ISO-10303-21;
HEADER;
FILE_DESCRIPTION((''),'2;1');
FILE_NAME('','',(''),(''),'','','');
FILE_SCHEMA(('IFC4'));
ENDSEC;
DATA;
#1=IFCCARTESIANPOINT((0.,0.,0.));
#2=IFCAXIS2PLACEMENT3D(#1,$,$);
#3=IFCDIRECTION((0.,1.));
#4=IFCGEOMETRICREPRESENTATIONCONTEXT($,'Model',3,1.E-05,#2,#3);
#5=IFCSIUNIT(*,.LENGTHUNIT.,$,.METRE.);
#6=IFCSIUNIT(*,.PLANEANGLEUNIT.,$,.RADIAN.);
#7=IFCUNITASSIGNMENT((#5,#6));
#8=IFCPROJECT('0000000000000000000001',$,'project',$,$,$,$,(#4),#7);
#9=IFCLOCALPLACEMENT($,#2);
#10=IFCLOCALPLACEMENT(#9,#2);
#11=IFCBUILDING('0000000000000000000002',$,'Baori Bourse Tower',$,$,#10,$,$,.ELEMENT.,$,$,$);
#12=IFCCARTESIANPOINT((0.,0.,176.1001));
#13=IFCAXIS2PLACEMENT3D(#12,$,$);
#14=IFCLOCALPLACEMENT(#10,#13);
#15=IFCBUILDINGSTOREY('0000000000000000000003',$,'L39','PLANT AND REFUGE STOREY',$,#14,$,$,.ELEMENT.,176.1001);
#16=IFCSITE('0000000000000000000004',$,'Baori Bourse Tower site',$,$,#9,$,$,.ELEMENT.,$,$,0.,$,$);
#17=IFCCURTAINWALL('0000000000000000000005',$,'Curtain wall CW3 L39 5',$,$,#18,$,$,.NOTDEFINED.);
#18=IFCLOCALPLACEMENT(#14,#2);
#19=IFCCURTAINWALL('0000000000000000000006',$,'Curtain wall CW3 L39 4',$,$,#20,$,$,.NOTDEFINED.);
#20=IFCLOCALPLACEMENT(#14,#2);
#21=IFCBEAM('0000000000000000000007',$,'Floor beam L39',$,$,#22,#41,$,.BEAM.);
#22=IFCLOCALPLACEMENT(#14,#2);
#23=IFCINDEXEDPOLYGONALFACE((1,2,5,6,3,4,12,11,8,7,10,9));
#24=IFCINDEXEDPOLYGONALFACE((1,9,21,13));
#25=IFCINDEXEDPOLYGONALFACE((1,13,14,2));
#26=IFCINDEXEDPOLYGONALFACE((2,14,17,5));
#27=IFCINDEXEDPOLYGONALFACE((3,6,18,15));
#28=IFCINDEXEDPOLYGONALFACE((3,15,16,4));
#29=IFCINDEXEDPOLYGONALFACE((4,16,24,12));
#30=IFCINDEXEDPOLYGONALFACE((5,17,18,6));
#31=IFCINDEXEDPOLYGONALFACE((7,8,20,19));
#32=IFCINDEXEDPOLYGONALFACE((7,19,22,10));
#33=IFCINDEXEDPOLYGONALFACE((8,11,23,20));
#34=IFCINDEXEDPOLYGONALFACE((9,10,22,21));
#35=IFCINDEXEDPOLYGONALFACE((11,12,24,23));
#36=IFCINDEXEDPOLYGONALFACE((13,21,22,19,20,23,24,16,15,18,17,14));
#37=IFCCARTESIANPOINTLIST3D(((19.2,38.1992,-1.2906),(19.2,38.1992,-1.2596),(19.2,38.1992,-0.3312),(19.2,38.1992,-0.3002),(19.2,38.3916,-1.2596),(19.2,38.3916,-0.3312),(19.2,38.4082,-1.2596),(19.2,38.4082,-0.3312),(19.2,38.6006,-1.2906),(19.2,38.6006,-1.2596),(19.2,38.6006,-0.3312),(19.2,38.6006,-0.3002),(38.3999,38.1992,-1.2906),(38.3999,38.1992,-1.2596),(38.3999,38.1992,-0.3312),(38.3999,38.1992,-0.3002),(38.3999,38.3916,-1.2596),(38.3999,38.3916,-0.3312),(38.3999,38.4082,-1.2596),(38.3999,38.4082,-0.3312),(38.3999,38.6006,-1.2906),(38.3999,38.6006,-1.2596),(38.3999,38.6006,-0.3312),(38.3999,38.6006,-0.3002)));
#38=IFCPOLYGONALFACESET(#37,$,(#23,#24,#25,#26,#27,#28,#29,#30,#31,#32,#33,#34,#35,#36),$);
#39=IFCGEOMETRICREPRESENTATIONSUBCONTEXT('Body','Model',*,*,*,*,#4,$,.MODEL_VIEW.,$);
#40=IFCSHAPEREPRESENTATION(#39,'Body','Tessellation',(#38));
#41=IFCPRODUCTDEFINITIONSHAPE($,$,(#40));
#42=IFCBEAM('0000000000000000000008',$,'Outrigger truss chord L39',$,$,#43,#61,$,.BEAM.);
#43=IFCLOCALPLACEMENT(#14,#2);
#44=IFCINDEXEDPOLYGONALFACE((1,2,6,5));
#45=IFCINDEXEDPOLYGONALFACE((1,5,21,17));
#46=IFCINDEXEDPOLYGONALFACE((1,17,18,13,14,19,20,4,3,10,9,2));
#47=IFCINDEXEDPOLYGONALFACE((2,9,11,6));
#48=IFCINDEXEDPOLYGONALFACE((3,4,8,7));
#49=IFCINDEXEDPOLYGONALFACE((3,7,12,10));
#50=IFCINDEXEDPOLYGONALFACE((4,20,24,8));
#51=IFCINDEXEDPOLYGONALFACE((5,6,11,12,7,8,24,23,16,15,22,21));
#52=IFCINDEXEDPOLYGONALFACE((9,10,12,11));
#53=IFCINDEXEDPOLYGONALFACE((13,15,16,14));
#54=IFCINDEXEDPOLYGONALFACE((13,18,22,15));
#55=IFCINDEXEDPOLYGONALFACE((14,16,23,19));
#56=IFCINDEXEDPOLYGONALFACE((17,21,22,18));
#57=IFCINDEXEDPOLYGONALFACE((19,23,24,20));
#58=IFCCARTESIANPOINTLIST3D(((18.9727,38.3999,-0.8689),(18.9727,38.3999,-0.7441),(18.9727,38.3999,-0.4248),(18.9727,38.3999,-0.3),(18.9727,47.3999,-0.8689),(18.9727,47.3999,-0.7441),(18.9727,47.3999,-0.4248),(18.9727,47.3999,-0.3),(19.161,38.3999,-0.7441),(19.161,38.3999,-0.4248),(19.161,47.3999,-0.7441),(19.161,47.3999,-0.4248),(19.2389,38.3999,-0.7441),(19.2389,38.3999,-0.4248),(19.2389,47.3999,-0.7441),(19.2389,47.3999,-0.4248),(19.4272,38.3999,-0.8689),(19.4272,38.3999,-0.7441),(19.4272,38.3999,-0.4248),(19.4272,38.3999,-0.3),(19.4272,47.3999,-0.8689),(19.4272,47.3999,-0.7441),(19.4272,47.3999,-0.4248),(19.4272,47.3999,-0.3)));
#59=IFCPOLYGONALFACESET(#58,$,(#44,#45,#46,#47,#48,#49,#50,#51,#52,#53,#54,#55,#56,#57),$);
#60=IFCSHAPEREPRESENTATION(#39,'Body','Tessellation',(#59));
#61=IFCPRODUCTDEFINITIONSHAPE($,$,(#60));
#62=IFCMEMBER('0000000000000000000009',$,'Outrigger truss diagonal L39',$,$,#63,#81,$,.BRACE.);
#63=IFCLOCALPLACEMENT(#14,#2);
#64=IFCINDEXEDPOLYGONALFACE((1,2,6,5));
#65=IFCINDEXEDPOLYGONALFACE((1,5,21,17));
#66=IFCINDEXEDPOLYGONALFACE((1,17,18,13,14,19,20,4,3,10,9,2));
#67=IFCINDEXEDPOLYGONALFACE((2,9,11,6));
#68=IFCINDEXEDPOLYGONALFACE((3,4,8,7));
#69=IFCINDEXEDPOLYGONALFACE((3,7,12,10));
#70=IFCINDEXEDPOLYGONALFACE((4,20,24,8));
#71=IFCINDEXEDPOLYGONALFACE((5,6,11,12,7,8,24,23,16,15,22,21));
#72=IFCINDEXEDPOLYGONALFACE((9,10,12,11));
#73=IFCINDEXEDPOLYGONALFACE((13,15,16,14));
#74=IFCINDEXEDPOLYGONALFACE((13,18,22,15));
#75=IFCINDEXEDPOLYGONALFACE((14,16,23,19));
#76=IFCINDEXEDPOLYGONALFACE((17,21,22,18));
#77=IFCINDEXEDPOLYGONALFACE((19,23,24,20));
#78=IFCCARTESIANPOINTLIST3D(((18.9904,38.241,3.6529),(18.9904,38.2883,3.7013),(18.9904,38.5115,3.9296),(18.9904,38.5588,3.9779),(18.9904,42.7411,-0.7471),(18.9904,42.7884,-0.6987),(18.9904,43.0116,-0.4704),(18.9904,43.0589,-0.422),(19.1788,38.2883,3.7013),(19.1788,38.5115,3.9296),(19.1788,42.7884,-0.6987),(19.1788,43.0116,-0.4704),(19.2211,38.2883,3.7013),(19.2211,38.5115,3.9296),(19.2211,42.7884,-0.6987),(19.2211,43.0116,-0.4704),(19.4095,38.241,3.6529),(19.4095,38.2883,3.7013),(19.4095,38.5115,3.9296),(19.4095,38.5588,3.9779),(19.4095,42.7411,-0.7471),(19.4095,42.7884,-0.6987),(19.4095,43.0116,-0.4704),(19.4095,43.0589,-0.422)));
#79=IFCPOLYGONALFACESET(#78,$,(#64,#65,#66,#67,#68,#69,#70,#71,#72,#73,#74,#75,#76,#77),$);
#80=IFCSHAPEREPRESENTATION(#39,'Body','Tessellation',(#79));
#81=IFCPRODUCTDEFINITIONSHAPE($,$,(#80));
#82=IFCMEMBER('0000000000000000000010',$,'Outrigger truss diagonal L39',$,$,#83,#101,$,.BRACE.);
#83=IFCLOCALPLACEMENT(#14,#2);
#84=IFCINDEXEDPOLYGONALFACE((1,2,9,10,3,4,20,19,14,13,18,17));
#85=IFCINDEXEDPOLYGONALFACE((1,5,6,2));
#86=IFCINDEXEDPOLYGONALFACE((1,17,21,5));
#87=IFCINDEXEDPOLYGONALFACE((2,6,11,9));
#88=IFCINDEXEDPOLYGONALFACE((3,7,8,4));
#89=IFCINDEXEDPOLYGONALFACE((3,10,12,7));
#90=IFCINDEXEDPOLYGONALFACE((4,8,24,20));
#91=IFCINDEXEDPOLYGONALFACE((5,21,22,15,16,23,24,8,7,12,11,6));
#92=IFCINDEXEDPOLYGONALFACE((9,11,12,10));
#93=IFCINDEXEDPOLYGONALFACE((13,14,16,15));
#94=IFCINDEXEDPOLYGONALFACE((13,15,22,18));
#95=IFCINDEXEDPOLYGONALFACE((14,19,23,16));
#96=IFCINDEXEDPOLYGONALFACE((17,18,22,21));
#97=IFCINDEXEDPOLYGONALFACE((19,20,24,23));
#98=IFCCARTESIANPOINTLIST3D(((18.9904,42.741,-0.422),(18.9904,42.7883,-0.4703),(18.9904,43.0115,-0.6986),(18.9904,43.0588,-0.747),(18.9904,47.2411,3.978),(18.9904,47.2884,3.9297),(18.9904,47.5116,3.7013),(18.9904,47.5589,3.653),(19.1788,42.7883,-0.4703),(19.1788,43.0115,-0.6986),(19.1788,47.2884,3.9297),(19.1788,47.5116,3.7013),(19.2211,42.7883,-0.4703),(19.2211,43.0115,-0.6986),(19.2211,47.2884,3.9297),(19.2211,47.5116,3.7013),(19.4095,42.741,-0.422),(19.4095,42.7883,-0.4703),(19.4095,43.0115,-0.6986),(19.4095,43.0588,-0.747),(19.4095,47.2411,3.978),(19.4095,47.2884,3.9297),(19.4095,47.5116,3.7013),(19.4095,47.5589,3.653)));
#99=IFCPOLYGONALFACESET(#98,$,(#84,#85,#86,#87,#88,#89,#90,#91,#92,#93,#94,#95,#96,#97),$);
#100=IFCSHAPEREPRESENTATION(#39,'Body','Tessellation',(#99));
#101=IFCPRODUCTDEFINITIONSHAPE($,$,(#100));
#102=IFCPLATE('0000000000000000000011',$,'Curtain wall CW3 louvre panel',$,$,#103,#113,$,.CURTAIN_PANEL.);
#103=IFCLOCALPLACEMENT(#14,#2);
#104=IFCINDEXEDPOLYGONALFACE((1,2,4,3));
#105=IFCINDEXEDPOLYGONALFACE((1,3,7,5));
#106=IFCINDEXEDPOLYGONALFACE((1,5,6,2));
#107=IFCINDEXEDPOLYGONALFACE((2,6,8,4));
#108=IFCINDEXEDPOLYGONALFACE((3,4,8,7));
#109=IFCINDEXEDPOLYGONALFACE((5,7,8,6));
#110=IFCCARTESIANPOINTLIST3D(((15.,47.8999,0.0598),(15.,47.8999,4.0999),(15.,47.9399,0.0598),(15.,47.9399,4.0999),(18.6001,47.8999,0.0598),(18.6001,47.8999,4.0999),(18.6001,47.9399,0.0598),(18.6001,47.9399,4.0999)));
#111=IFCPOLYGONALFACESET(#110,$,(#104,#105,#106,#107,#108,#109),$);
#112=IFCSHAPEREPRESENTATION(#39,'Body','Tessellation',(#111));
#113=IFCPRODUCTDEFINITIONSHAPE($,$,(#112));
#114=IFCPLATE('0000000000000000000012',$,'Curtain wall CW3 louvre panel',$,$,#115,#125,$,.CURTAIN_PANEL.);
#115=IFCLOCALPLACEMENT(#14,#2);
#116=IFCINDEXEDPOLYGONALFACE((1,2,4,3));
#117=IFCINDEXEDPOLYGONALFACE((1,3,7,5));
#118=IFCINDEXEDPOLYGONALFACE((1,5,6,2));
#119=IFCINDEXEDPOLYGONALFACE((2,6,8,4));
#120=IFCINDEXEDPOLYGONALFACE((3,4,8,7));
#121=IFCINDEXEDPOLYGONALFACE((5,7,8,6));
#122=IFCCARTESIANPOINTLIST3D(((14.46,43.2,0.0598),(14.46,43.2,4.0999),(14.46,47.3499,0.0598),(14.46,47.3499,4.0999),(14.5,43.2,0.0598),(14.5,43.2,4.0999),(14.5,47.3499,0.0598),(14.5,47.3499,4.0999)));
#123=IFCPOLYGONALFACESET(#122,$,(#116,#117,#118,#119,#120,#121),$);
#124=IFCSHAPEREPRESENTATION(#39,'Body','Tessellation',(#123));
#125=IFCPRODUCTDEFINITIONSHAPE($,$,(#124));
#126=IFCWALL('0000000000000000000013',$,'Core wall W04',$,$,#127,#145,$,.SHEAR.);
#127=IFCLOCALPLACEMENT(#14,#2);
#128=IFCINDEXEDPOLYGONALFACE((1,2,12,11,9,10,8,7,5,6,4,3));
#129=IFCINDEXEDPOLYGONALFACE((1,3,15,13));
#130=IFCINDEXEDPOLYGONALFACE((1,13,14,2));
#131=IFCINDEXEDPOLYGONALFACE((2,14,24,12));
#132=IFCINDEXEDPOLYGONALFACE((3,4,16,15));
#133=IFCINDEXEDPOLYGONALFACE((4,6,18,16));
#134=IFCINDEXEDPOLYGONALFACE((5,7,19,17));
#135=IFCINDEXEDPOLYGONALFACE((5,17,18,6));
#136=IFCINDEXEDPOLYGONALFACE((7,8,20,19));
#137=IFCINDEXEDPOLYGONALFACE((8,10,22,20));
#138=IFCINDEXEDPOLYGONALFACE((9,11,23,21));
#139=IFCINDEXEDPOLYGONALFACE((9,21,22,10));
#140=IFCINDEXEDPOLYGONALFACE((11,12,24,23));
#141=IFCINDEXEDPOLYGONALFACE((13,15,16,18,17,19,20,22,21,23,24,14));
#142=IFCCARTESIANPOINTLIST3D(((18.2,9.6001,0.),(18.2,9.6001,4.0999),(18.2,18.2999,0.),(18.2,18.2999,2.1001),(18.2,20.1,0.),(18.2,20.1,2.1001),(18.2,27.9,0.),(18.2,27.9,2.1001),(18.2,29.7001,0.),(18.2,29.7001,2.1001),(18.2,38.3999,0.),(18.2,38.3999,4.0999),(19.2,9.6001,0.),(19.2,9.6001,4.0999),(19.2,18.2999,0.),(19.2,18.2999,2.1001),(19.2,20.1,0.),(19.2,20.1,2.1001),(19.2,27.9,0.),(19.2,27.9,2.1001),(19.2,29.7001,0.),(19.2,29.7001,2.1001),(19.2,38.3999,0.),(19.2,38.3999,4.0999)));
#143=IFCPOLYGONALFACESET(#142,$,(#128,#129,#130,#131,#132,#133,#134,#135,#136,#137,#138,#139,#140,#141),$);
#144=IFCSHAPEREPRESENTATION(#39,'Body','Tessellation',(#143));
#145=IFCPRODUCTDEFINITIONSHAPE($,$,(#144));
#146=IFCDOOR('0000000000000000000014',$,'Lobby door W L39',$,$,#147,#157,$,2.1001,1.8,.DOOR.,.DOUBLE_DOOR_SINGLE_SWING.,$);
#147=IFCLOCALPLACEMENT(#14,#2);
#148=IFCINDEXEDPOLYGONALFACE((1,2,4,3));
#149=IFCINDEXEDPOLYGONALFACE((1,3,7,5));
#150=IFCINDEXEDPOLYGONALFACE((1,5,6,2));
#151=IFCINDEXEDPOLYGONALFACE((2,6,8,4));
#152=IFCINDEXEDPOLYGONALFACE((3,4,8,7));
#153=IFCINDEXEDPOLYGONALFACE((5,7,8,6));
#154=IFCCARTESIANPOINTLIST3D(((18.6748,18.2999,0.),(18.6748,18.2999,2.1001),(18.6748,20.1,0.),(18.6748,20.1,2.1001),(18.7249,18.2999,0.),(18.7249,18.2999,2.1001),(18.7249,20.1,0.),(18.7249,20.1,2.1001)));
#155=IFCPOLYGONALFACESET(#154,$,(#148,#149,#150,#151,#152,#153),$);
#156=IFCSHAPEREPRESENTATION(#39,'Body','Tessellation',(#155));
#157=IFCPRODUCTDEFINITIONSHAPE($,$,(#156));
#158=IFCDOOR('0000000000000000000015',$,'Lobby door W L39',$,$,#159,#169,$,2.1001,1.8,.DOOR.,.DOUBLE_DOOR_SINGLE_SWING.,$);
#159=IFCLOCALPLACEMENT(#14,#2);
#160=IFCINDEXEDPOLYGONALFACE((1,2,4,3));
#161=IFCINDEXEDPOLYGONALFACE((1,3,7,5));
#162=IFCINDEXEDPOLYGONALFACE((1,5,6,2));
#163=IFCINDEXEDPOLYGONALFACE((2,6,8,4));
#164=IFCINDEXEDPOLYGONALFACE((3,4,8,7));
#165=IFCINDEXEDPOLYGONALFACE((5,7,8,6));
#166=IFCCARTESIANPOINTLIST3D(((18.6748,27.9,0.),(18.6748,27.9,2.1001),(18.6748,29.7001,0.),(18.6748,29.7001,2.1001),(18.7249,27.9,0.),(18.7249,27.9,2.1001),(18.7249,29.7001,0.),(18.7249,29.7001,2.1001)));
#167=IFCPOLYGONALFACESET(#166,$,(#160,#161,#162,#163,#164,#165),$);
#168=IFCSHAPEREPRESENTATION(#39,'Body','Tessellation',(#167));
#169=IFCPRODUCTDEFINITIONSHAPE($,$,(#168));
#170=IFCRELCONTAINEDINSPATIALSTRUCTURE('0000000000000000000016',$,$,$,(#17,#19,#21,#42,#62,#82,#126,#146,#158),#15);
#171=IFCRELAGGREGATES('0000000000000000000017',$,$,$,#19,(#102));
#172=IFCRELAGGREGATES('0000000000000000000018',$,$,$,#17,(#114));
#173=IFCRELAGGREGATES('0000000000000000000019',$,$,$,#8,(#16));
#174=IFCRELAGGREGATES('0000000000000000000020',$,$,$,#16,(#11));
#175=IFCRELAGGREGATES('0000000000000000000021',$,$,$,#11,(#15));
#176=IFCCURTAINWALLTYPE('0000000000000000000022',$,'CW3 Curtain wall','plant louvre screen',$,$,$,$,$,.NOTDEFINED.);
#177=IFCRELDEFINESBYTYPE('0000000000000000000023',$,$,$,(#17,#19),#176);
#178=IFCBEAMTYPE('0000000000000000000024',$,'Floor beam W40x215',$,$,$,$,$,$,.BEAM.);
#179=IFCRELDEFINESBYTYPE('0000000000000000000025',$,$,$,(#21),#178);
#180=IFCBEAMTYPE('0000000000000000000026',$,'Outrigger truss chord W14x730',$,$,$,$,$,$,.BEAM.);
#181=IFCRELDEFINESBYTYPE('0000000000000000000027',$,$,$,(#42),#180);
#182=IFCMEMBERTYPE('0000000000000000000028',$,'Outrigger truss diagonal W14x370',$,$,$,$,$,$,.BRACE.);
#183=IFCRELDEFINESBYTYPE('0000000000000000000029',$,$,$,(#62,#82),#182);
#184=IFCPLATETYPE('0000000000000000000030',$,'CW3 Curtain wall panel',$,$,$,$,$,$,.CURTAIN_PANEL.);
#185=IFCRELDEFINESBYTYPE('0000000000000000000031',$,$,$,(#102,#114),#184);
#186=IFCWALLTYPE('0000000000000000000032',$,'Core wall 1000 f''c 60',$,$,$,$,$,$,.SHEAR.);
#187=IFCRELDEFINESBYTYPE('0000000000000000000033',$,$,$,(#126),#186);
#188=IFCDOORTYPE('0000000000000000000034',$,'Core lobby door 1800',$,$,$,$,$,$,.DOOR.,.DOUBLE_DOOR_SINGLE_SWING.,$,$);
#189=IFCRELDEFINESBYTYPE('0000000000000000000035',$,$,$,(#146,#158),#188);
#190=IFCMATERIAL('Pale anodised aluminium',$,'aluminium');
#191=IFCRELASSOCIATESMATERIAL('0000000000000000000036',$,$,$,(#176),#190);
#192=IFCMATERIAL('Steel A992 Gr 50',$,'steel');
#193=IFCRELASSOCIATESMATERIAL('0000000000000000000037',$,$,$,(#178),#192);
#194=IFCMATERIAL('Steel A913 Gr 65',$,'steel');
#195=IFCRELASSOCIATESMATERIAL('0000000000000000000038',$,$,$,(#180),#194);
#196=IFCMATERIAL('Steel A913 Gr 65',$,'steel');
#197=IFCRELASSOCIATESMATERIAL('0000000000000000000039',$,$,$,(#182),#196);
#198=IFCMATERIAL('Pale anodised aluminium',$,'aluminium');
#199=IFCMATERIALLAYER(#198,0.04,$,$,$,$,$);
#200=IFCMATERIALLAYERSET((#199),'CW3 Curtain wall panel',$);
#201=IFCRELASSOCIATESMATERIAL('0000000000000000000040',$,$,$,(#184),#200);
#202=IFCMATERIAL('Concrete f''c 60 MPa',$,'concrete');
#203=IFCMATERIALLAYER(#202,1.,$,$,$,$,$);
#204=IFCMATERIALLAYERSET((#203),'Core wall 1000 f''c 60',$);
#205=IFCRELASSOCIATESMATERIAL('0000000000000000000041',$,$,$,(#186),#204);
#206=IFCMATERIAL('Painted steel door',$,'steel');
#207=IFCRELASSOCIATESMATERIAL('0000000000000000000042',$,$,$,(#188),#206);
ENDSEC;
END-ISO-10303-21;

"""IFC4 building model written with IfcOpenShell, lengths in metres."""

from ifc_helpers import new_model, si_unit, direction, frame, frame_2d, origin, origin_2d, place, context, subcontext, project, spatial, rectangle, i_section, extrude, material, layer, layer_set, material_profile, profile_set, type_object, element, fill, aggregate, save


model = new_model("IFC4")

# Units and contexts
model_context = context("Model", 3, precision=1e-05, world=origin(), true_north=direction((0.0, 1.0)))
body_context = subcontext(model_context, "Body", "Model", "MODEL_VIEW")
ifc_project = project(units=[si_unit("LENGTHUNIT", "METRE"), si_unit("PLANEANGLEUNIT", "RADIAN")], contexts=[model_context])

# Site, building, storey
site_placement = place(None, origin())
site = spatial("IfcSite", under=ifc_project, at=site_placement, Name="Baori Bourse Tower site", CompositionType="ELEMENT", RefElevation=0.0)
building_placement = place(site_placement, origin())
building = spatial("IfcBuilding", under=site, at=building_placement, Name="Baori Bourse Tower", CompositionType="ELEMENT")
storey_placement = place(building_placement, frame((0.0, 0.0, 176.1001)))
storey = spatial("IfcBuildingStorey", under=building, at=storey_placement, Name="L39", Description="PLANT AND REFUGE STOREY", CompositionType="ELEMENT", Elevation=176.1001)

# Curtain walls
ifc_material_1 = material(Name="Pale anodised aluminium", Category="aluminium")
curtain_wall_type = type_object("IfcCurtainWallType", Name="CW3 Curtain wall", Description="plant louvre screen", PredefinedType="NOTDEFINED", material=ifc_material_1)
curtain_wall_1_placement = place(storey_placement, origin())
curtain_wall_1 = element("IfcCurtainWall", 1, at=curtain_wall_1_placement, inside=storey, type_object=curtain_wall_type, Name="Curtain wall CW3 L39 5", PredefinedType="NOTDEFINED")
curtain_wall_2_placement = place(storey_placement, origin())
curtain_wall_2 = element("IfcCurtainWall", 2, at=curtain_wall_2_placement, inside=storey, type_object=curtain_wall_type, Name="Curtain wall CW3 L39 4", PredefinedType="NOTDEFINED")

# Beams
ifc_material_2 = material(Name="Steel A992 Gr 50", Category="steel")
ifc_material_profile_1 = material_profile(ifc_material_2, i_section(OverallWidth=0.4014, OverallDepth=0.9905, WebThickness=0.0166, FlangeThickness=0.031, at=origin_2d()), Name="W40x215")
ifc_profile_set_1 = profile_set([ifc_material_profile_1], Name="Steel A992 Gr 50")
beam_type_1 = type_object("IfcBeamType", Name="Floor beam W40x215", PredefinedType="BEAM", material=ifc_profile_set_1)
beam_1_placement = place(storey_placement, frame((19.2, 38.3999, -0.7954), z_axis=(1.0, 0.0, 0.0), x_axis=(0.0, 1.0, 0.0)))
element("IfcBeam", 3, at=beam_1_placement, inside=storey, type_object=beam_type_1, Name="Floor beam L39", PredefinedType="BEAM", context=body_context, shape_type="SweptSolid", body=[
    extrude(i_section(OverallWidth=0.4014, OverallDepth=0.9905, WebThickness=0.0166, FlangeThickness=0.031, at=origin_2d()), origin(), (0.0, 0.0, 1.0), 19.2),
])
ifc_material_3 = material(Name="Steel A913 Gr 65", Category="steel")
ifc_material_profile_2 = material_profile(ifc_material_3, i_section(OverallWidth=0.4546, OverallDepth=0.5688, WebThickness=0.0779, FlangeThickness=0.1248, at=origin_2d()), Name="W14x730")
ifc_profile_set_2 = profile_set([ifc_material_profile_2], Name="Steel A913 Gr 65")
beam_type_2 = type_object("IfcBeamType", Name="Outrigger truss chord W14x730", PredefinedType="BEAM", material=ifc_profile_set_2)
beam_2_placement = place(storey_placement, frame((19.2, 38.3999, -0.5845), z_axis=(0.0, 1.0, 0.0), x_axis=(-1.0, 0.0, 0.0)))
element("IfcBeam", 4, at=beam_2_placement, inside=storey, type_object=beam_type_2, Name="Outrigger truss chord L39", PredefinedType="BEAM", context=body_context, shape_type="SweptSolid", body=[
    extrude(i_section(OverallWidth=0.4546, OverallDepth=0.5688, WebThickness=0.0779, FlangeThickness=0.1248, at=origin_2d()), origin(), (0.0, 0.0, 1.0), 9.0),
])

# Members
ifc_material_4 = material(Name="Steel A913 Gr 65", Category="steel")
ifc_material_profile_3 = material_profile(ifc_material_4, i_section(OverallWidth=0.4192, OverallDepth=0.4546, WebThickness=0.0422, FlangeThickness=0.0676, at=origin_2d()), Name="W14x370")
ifc_profile_set_3 = profile_set([ifc_material_profile_3], Name="Steel A913 Gr 65")
member_type_1 = type_object("IfcMemberType", Name="Outrigger truss diagonal W14x370", PredefinedType="BRACE", material=ifc_profile_set_3)
for number, where, z_axis, x_axis, name in (
    (5, (19.2, 38.3999, 3.8154), (0.0, 0.715014, -0.69911), (-1.0, 0.0, 0.0), "Outrigger truss diagonal L39"),
    (6, (19.2, 42.8999, -0.5845), (0.0, 0.715014, 0.69911), (-1.0, 0.0, 0.0), "Outrigger truss diagonal L39"),
):
    element("IfcMember", number, at=place(storey_placement, frame(where, z_axis=z_axis, x_axis=x_axis)), inside=storey, type_object=member_type_1, Name=name, PredefinedType="BRACE", context=body_context, shape_type="SweptSolid", body=[
        extrude(i_section(OverallWidth=0.4192, OverallDepth=0.4546, WebThickness=0.0422, FlangeThickness=0.0676, at=origin_2d()), origin(), (0.0, 0.0, 1.0), 6.2937),
    ])

# Plates
ifc_material_5 = material(Name="Pale anodised aluminium", Category="aluminium")
ifc_layer_1 = layer(ifc_material_5, 0.04)
ifc_layer_set_1 = layer_set([ifc_layer_1], Name="CW3 Curtain wall panel")
plate_type = type_object("IfcPlateType", Name="CW3 Curtain wall panel", PredefinedType="CURTAIN_PANEL", material=ifc_layer_set_1)
plate_1_placement = place(storey_placement, frame((16.8, 47.9199, 0.0598), z_axis=(0.0, 0.0, 1.0), x_axis=(-1.0, 0.0, 0.0)))
plate_1 = element("IfcPlate", 7, at=plate_1_placement, type_object=plate_type, Name="Curtain wall CW3 louvre panel", PredefinedType="CURTAIN_PANEL", context=body_context, shape_type="SweptSolid", body=[
    extrude(rectangle(XDim=3.6001, YDim=0.04, at=origin_2d()), origin(), (0.0, 0.0, 1.0), 4.04),
])
aggregate(curtain_wall_2, [plate_1])
plate_2_placement = place(storey_placement, frame((14.48, 45.2749, 0.0598), z_axis=(0.0, 0.0, 1.0), x_axis=(0.0, -1.0, 0.0)))
plate_2 = element("IfcPlate", 8, at=plate_2_placement, type_object=plate_type, Name="Curtain wall CW3 louvre panel", PredefinedType="CURTAIN_PANEL", context=body_context, shape_type="SweptSolid", body=[
    extrude(rectangle(XDim=4.1499, YDim=0.04, at=origin_2d()), origin(), (0.0, 0.0, 1.0), 4.04),
])
aggregate(curtain_wall_1, [plate_2])

# Wall, openings, doors
ifc_material_6 = material(Name="Concrete f'c 60 MPa", Category="concrete")
ifc_layer_2 = layer(ifc_material_6, 1.0)
ifc_layer_set_2 = layer_set([ifc_layer_2], Name="Core wall 1000 f'c 60")
wall_type_1 = type_object("IfcWallType", Name="Core wall 1000 f'c 60", PredefinedType="SHEAR", material=ifc_layer_set_2)
wall_1_placement = place(storey_placement, frame((18.7, 38.3999, 0.0), z_axis=(0.0, 0.0, 1.0), x_axis=(0.0, -1.0, 0.0)))
wall_1 = element("IfcWall", 9, at=wall_1_placement, inside=storey, type_object=wall_type_1, Name="Core wall W04", PredefinedType="SHEAR", context=body_context, shape_type="SweptSolid", body=[
    extrude(rectangle(XDim=28.7998, YDim=1.0, at=frame_2d((14.3999, 0.0))), origin(), (0.0, 0.0, 1.0), 4.0999),
])
opening_1_placement = place(wall_1_placement, frame((18.3, 0.0, 0.0)))
opening_1 = element("IfcOpeningElement", 10, at=opening_1_placement, cuts=wall_1, PredefinedType="OPENING", context=body_context, shape_type="SweptSolid", body=[
    extrude(rectangle(XDim=1.8, YDim=2.1001, at=frame_2d((0.8999, 1.05))), frame((0.0, 0.51, 0.0), z_axis=(0.0, -1.0, 0.0), x_axis=(1.0, 0.0, 0.0)), (0.0, 0.0, 1.0), 1.02),
])
opening_2_placement = place(wall_1_placement, frame((8.7, 0.0, 0.0)))
opening_2 = element("IfcOpeningElement", 11, at=opening_2_placement, cuts=wall_1, PredefinedType="OPENING", context=body_context, shape_type="SweptSolid", body=[
    extrude(rectangle(XDim=1.8, YDim=2.1001, at=frame_2d((0.8999, 1.05))), frame((0.0, 0.51, 0.0), z_axis=(0.0, -1.0, 0.0), x_axis=(1.0, 0.0, 0.0)), (0.0, 0.0, 1.0), 1.02),
])
ifc_material_7 = material(Name="Painted steel door", Category="steel")
door_type_1 = type_object("IfcDoorType", Name="Core lobby door 1800", OperationType="DOUBLE_DOOR_SINGLE_SWING", PredefinedType="DOOR", material=ifc_material_7)
door_1_placement = place(opening_1_placement, origin())
door_1 = element("IfcDoor", 12, at=door_1_placement, inside=storey, type_object=door_type_1, Name="Lobby door W L39", OperationType="DOUBLE_DOOR_SINGLE_SWING", OverallHeight=2.1001, OverallWidth=1.8, PredefinedType="DOOR", context=body_context, shape_type="SweptSolid", body=[
    extrude(rectangle(XDim=1.8, YDim=2.1001, at=frame_2d((0.8999, 1.05))), frame((0.0, 0.0249, 0.0), z_axis=(0.0, -1.0, 0.0), x_axis=(1.0, 0.0, 0.0)), (0.0, 0.0, 1.0), 0.05),
])
fill(opening_1, door_1)
door_2_placement = place(opening_2_placement, origin())
door_2 = element("IfcDoor", 13, at=door_2_placement, inside=storey, type_object=door_type_1, Name="Lobby door W L39", OperationType="DOUBLE_DOOR_SINGLE_SWING", OverallHeight=2.1001, OverallWidth=1.8, PredefinedType="DOOR", context=body_context, shape_type="SweptSolid", body=[
    extrude(rectangle(XDim=1.8, YDim=2.1001, at=frame_2d((0.8999, 1.05))), frame((0.0, 0.0249, 0.0), z_axis=(0.0, -1.0, 0.0), x_axis=(1.0, 0.0, 0.0)), (0.0, 0.0, 1.0), 0.05),
])
fill(opening_2, door_2)

save(model, "model.ifc")
